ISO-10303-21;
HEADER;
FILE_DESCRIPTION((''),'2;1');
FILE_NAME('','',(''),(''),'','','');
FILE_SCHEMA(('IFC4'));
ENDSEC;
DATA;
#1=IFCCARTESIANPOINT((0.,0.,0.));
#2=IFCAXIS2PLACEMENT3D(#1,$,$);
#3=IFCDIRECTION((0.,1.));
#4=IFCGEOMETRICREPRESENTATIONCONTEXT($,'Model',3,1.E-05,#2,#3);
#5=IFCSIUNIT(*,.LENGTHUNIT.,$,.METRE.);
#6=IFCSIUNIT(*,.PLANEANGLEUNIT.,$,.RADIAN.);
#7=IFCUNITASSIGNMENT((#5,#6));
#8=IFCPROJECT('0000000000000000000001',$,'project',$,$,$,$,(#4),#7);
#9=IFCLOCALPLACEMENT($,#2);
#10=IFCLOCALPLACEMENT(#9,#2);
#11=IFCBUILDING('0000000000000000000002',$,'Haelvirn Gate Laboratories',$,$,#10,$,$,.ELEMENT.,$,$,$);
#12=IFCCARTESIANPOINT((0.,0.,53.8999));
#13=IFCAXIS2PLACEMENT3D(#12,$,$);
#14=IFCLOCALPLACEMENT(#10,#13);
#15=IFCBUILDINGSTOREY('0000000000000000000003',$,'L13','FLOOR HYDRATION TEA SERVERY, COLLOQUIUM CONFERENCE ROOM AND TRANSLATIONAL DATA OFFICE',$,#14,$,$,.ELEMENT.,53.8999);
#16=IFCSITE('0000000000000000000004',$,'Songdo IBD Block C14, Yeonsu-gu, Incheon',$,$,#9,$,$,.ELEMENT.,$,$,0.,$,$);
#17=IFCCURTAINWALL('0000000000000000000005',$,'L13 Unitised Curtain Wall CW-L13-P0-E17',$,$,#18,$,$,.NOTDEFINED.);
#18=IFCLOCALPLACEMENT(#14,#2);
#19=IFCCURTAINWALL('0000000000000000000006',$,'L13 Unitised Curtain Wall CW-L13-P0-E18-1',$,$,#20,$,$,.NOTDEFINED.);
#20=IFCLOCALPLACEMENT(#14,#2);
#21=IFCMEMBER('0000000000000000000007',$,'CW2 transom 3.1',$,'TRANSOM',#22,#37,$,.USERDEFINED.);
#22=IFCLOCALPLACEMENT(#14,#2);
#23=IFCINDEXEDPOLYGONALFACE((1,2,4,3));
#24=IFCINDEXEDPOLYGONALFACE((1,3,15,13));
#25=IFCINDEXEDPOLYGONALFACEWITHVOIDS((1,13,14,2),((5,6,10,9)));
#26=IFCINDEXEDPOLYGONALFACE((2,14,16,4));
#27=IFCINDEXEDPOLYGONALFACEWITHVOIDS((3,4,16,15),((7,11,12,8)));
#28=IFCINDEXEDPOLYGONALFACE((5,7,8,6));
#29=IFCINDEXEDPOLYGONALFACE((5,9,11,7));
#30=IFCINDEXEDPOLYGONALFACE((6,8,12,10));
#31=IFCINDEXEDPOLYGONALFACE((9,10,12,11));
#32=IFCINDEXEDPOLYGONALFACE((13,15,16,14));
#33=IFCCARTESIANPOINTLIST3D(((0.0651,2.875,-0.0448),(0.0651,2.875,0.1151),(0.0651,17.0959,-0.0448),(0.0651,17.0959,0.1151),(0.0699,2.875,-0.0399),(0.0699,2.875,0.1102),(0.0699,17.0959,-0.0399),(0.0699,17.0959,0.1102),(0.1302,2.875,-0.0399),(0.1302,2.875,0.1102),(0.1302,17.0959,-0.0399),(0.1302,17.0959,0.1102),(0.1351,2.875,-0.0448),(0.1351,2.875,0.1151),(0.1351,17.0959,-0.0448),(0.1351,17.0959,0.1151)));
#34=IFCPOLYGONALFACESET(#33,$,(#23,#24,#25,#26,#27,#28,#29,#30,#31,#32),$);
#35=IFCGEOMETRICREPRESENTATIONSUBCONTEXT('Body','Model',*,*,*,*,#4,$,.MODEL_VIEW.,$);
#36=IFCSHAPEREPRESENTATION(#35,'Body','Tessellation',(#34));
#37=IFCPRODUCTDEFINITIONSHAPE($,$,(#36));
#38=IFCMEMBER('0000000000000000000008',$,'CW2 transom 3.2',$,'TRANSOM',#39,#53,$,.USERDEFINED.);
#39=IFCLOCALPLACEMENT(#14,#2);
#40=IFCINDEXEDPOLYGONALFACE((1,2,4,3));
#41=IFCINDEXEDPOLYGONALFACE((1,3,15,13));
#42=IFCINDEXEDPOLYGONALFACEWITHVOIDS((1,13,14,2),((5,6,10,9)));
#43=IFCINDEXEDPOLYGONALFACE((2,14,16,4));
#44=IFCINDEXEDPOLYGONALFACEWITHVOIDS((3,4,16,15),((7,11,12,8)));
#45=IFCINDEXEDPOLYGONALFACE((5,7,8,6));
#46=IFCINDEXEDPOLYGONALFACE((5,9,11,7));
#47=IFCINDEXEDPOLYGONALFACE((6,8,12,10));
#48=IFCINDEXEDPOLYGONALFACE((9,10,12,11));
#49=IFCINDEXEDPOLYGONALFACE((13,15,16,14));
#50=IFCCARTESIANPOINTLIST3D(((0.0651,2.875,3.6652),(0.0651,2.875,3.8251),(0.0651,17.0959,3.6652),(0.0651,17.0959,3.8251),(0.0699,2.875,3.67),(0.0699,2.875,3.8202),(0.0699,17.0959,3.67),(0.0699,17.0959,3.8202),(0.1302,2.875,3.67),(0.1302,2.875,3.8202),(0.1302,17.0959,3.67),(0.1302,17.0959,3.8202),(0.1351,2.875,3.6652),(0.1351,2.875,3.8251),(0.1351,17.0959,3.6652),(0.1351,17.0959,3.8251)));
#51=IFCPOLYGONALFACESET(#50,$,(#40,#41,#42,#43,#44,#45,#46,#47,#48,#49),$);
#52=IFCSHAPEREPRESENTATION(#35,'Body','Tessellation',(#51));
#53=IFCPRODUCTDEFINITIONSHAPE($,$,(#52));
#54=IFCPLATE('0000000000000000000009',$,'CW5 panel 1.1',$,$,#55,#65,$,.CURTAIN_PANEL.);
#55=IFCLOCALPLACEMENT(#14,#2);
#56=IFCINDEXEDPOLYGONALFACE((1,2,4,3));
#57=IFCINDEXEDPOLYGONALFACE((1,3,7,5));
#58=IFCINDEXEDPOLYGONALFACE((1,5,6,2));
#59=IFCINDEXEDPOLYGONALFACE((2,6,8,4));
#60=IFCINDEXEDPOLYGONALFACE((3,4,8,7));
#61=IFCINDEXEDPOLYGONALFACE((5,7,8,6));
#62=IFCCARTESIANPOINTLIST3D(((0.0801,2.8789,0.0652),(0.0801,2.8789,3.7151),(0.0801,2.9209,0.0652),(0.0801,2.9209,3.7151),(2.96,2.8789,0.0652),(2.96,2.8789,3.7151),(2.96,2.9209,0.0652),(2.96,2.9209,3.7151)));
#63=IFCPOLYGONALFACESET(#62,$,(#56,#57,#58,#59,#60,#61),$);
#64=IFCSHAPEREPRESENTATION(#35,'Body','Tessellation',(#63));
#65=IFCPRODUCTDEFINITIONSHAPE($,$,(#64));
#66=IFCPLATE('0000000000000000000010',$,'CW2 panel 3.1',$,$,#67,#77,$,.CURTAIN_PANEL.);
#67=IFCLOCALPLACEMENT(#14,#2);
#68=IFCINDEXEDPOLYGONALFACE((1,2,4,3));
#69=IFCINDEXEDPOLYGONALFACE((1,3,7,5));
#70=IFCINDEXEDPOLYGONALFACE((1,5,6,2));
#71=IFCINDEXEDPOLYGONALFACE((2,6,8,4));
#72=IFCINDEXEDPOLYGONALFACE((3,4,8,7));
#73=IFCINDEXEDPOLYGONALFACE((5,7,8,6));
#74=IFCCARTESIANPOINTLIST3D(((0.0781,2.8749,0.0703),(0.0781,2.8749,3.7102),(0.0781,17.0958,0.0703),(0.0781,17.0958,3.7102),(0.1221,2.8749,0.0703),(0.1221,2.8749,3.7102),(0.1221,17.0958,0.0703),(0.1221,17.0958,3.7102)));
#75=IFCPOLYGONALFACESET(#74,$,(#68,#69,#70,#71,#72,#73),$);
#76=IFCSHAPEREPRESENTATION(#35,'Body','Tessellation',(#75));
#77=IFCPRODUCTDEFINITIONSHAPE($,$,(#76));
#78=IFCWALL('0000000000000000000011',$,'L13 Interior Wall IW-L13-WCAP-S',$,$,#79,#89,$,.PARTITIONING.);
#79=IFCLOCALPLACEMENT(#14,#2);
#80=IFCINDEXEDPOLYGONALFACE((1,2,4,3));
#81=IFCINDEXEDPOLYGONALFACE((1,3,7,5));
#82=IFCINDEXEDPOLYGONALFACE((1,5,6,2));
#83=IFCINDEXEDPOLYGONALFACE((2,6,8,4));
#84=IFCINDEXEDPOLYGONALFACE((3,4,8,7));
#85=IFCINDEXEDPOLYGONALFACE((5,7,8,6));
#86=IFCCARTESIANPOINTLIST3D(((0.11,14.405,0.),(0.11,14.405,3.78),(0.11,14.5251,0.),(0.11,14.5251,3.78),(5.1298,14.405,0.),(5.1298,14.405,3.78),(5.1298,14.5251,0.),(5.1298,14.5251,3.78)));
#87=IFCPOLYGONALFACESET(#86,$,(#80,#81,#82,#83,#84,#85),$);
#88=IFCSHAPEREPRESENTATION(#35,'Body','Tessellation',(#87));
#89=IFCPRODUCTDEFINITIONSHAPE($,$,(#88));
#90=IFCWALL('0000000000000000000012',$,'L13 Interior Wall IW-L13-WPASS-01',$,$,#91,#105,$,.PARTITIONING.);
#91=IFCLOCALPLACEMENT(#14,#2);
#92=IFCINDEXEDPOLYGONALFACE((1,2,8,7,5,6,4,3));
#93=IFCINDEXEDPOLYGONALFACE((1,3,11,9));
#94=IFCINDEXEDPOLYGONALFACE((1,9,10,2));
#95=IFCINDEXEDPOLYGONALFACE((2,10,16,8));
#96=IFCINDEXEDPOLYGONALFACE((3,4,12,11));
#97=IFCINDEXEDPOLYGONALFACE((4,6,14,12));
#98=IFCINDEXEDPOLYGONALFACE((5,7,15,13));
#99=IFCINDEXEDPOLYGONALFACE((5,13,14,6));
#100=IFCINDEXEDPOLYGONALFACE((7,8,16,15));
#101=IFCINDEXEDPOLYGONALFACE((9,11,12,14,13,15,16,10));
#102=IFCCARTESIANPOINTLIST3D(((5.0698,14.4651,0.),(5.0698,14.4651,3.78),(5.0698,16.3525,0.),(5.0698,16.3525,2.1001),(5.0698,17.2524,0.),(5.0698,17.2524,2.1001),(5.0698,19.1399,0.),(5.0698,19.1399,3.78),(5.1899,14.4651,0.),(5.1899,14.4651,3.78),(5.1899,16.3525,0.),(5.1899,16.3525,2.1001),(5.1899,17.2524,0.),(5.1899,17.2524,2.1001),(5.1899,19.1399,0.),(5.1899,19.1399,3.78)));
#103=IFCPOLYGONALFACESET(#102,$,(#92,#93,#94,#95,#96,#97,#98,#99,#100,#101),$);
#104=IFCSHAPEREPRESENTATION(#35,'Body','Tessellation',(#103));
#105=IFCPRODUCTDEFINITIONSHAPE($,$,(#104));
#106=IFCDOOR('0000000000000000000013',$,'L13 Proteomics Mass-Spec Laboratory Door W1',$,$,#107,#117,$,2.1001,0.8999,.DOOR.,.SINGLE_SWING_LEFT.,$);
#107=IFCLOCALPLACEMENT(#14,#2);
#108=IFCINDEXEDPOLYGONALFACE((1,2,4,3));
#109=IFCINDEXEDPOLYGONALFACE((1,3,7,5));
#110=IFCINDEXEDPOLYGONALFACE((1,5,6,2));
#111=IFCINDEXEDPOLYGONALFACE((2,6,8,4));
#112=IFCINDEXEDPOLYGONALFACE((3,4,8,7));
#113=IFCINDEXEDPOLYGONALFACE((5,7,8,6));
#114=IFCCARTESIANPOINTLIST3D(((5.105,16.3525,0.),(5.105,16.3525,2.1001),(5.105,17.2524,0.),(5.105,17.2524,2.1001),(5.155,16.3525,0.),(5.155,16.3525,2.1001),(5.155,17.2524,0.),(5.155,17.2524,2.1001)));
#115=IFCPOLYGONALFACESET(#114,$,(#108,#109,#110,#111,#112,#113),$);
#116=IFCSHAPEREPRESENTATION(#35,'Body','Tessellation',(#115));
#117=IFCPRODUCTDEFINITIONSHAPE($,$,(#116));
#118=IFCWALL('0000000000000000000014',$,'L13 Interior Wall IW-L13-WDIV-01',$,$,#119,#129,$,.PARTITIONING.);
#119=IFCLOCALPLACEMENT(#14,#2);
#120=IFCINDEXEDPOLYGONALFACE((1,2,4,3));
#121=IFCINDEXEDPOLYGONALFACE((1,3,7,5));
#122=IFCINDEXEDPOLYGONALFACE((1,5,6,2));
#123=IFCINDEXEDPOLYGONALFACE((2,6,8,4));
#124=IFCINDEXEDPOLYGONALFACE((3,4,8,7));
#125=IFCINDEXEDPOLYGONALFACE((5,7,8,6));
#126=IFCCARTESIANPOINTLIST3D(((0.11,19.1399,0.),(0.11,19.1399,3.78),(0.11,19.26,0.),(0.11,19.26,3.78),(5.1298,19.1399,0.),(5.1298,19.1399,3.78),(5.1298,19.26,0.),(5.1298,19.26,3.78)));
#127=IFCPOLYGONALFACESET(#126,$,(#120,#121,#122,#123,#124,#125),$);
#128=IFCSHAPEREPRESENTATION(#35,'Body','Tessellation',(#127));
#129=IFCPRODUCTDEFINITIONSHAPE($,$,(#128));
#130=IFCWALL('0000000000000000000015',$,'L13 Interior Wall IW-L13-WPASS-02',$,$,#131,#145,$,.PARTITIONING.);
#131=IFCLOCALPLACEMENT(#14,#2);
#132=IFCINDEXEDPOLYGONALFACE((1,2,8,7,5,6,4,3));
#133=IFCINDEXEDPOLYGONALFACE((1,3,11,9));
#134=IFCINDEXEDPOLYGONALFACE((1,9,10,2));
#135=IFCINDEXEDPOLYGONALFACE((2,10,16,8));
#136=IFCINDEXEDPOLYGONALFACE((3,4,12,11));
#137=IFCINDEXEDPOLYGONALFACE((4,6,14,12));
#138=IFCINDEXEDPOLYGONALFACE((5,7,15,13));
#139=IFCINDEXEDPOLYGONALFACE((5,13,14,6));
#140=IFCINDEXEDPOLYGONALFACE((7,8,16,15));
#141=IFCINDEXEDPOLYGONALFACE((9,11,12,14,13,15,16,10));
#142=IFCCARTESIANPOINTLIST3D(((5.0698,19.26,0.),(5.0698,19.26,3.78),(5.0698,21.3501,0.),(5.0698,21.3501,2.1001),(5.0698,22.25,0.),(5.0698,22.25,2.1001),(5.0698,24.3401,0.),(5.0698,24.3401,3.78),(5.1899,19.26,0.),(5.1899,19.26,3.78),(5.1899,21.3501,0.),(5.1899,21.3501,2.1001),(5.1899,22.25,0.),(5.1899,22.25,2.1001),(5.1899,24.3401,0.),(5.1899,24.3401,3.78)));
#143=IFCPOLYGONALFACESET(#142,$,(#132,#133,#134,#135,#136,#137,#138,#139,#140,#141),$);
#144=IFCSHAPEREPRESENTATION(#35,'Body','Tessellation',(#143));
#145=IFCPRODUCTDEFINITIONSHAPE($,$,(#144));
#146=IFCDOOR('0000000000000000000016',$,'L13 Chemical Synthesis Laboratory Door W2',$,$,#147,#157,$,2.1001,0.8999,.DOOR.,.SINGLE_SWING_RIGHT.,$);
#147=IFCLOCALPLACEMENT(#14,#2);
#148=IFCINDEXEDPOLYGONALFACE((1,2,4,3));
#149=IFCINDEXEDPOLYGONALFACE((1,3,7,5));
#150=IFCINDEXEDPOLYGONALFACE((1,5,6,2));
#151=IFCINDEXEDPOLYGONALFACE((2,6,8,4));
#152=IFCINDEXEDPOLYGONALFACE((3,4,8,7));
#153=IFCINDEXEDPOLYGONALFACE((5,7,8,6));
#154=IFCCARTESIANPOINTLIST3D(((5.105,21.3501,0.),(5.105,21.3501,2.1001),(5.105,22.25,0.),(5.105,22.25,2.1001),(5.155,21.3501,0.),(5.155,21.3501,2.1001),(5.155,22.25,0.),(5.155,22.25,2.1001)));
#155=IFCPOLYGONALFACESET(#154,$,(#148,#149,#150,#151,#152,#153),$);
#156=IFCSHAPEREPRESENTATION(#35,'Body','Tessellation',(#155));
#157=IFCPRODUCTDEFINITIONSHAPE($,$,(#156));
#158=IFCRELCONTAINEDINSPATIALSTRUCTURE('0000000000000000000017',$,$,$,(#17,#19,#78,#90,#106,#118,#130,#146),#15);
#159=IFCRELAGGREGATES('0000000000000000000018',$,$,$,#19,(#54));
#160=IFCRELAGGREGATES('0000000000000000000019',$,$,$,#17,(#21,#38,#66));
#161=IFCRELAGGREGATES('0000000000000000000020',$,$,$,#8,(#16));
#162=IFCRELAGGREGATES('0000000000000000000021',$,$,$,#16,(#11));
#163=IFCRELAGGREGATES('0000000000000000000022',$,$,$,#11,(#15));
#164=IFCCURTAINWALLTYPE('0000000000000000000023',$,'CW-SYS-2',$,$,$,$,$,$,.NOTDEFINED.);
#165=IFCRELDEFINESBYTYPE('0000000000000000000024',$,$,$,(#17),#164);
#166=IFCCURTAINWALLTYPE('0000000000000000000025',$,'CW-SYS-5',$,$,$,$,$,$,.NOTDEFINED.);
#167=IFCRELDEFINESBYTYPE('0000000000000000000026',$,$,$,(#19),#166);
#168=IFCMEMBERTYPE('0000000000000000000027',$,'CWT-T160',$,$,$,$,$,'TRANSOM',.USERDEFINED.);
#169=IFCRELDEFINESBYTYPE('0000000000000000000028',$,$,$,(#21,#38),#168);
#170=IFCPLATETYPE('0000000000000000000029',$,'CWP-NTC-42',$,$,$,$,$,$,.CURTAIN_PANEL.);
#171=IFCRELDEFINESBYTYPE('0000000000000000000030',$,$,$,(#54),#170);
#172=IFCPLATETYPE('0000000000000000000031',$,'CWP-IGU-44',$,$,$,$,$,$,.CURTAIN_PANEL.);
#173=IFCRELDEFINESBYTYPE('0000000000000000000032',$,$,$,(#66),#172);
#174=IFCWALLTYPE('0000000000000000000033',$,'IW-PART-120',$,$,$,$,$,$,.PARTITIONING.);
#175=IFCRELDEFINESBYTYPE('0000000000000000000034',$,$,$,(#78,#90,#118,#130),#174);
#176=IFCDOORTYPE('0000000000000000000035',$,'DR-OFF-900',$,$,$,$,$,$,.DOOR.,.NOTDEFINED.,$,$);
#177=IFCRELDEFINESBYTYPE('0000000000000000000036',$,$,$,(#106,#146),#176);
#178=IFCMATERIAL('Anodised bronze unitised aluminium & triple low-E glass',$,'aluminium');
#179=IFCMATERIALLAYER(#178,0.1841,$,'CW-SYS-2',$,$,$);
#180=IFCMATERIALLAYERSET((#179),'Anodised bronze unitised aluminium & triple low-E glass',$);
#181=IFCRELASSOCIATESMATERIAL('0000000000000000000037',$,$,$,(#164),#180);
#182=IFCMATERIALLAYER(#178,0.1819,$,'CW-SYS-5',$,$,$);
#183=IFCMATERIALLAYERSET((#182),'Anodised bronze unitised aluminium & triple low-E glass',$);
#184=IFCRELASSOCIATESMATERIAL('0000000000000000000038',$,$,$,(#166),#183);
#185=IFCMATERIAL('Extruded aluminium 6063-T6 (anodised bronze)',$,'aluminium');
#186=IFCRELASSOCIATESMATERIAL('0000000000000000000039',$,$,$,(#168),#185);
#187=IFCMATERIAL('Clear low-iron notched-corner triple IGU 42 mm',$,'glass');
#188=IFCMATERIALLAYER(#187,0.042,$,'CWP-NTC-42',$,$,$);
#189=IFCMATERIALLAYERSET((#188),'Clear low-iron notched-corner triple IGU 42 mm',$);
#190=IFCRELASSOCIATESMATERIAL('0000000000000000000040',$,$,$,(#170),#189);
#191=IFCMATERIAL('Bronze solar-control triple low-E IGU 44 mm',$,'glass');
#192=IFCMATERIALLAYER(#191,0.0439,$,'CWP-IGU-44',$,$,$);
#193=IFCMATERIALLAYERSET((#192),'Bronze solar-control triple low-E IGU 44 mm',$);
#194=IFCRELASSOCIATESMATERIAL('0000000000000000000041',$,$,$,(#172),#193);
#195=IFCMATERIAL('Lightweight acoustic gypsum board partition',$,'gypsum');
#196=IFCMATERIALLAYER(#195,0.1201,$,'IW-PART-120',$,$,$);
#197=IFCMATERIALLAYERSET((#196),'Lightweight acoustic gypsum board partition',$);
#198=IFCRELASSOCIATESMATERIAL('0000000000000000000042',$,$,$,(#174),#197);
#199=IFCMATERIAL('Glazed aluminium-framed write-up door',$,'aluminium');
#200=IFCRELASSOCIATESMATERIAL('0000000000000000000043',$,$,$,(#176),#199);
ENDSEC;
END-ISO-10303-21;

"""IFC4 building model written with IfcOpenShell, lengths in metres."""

from ifc_helpers import new_model, si_unit, direction, frame, frame_2d, origin, origin_2d, place, context, subcontext, project, spatial, rectangle, hollow_rectangle, extrude, source, transform, mapped, material, layer, layer_set, material_profile, profile_set, type_object, type_shapes, element, fill, aggregate, save


model = new_model("IFC4")

# Units and contexts
model_context = context("Model", 3, precision=1e-05, world=origin(), true_north=direction((0.0, 1.0)))
body_context = subcontext(model_context, "Body", "Model", "MODEL_VIEW")
ifc_project = project(units=[si_unit("LENGTHUNIT", "METRE"), si_unit("PLANEANGLEUNIT", "RADIAN")], contexts=[model_context])

# Site, building, storey
site_placement = place(None, origin())
site = spatial("IfcSite", under=ifc_project, at=site_placement, Name="Songdo IBD Block C14, Yeonsu-gu, Incheon", CompositionType="ELEMENT", RefElevation=0.0)
building_placement = place(site_placement, origin())
building = spatial("IfcBuilding", under=site, at=building_placement, Name="Haelvirn Gate Laboratories", CompositionType="ELEMENT")
storey_placement = place(building_placement, frame((0.0, 0.0, 53.8999)))
storey = spatial("IfcBuildingStorey", under=building, at=storey_placement, Name="L13", Description="FLOOR HYDRATION TEA SERVERY, COLLOQUIUM CONFERENCE ROOM AND TRANSLATIONAL DATA OFFICE", CompositionType="ELEMENT", Elevation=53.8999)

# Curtain wall
ifc_material_1 = material(Name="Anodised bronze unitised aluminium & triple low-E glass", Category="aluminium")
ifc_layer_1 = layer(ifc_material_1, 0.1841, Name="CW-SYS-2")
ifc_layer_set_1 = layer_set([ifc_layer_1], Name="Anodised bronze unitised aluminium & triple low-E glass")
curtain_wall_type_1 = type_object("IfcCurtainWallType", Name="CW-SYS-2", PredefinedType="NOTDEFINED", material=ifc_layer_set_1)
curtain_wall_1_placement = place(storey_placement, origin())
curtain_wall_1 = element("IfcCurtainWall", 1, at=curtain_wall_1_placement, inside=storey, type_object=curtain_wall_type_1, Name="L13 Unitised Curtain Wall CW-L13-P0-E17", PredefinedType="NOTDEFINED")
ifc_material_2 = material(Name="Extruded aluminium 6063-T6 (anodised bronze)", Category="aluminium")

# Curtain wall
ifc_layer_2 = layer(ifc_material_1, 0.1819, Name="CW-SYS-5")
ifc_layer_set_2 = layer_set([ifc_layer_2], Name="Anodised bronze unitised aluminium & triple low-E glass")
curtain_wall_type_2 = type_object("IfcCurtainWallType", Name="CW-SYS-5", PredefinedType="NOTDEFINED", material=ifc_layer_set_2)
curtain_wall_2_placement = place(storey_placement, origin())
curtain_wall_2 = element("IfcCurtainWall", 2, at=curtain_wall_2_placement, inside=storey, type_object=curtain_wall_type_2, Name="L13 Unitised Curtain Wall CW-L13-P0-E18-1", PredefinedType="NOTDEFINED")

# Members
ifc_material_profile_1 = material_profile(ifc_material_2, hollow_rectangle(XDim=0.0701, YDim=0.1599, WallThickness=0.0049, at=origin_2d()), Name="CWT-160x70x5")
ifc_profile_set_1 = profile_set([ifc_material_profile_1], Name="Extruded aluminium 6063-T6 (anodised bronze)")
member_type_1 = type_object("IfcMemberType", Name="CWT-T160", ElementType="TRANSOM", PredefinedType="USERDEFINED", material=ifc_profile_set_1)
shared_shape_1 = source(origin(), body_context, "Body", "SweptSolid", [
    extrude(hollow_rectangle(XDim=0.0701, YDim=0.1599, WallThickness=0.0049, at=origin_2d()), origin(), (0.0, 0.0, 1.0), 14.2209),
])
type_shapes(member_type_1, [shared_shape_1])
member_1_placement = place(storey_placement, frame((0.1001, 17.0959, 0.0352), z_axis=(0.0, -1.0, 0.0), x_axis=(1.0, 0.0, 0.0)))
member_1 = element("IfcMember", 3, at=member_1_placement, type_object=member_type_1, Name="CW2 transom 3.1", ObjectType="TRANSOM", PredefinedType="USERDEFINED", context=body_context, shape_type="MappedRepresentation", body=[
    mapped(shared_shape_1, transform((0.0, 0.0, 0.0), scale=1.0)),
])
member_2_placement = place(storey_placement, frame((0.1001, 17.0959, 3.7451), z_axis=(0.0, -1.0, 0.0), x_axis=(1.0, 0.0, 0.0)))
member_2 = element("IfcMember", 4, at=member_2_placement, type_object=member_type_1, Name="CW2 transom 3.2", ObjectType="TRANSOM", PredefinedType="USERDEFINED", context=body_context, shape_type="MappedRepresentation", body=[
    mapped(shared_shape_1, transform((0.0, 0.0, 0.0), scale=1.0)),
])

# Plates
ifc_material_3 = material(Name="Clear low-iron notched-corner triple IGU 42 mm", Category="glass")
ifc_layer_3 = layer(ifc_material_3, 0.042, Name="CWP-NTC-42")
ifc_layer_set_3 = layer_set([ifc_layer_3], Name="Clear low-iron notched-corner triple IGU 42 mm")
plate_type_1 = type_object("IfcPlateType", Name="CWP-NTC-42", PredefinedType="CURTAIN_PANEL", material=ifc_layer_set_3)
shared_shape_2 = source(origin(), body_context, "Body", "SweptSolid", [
    extrude(rectangle(XDim=2.8799, YDim=0.042, at=origin_2d()), origin(), (0.0, 0.0, 1.0), 3.6499),
])
type_shapes(plate_type_1, [shared_shape_2])
plate_1_placement = place(storey_placement, frame((1.52, 2.8999, 0.0652), z_axis=(0.0, 0.0, 1.0), x_axis=(1.0, 0.0, 0.0)))
plate_1 = element("IfcPlate", 5, at=plate_1_placement, type_object=plate_type_1, Name="CW5 panel 1.1", PredefinedType="CURTAIN_PANEL", context=body_context, shape_type="MappedRepresentation", body=[
    mapped(shared_shape_2, transform((0.0, 0.0, 0.0), scale=1.0)),
])
aggregate(curtain_wall_2, [plate_1])
ifc_material_4 = material(Name="Bronze solar-control triple low-E IGU 44 mm", Category="glass")
ifc_layer_4 = layer(ifc_material_4, 0.0439, Name="CWP-IGU-44")
ifc_layer_set_4 = layer_set([ifc_layer_4], Name="Bronze solar-control triple low-E IGU 44 mm")
plate_type_2 = type_object("IfcPlateType", Name="CWP-IGU-44", PredefinedType="CURTAIN_PANEL", material=ifc_layer_set_4)
shared_shape_3 = source(origin(), body_context, "Body", "SweptSolid", [
    extrude(rectangle(XDim=14.2209, YDim=0.0439, at=origin_2d()), origin(), (0.0, 0.0, 1.0), 3.6399),
])
type_shapes(plate_type_2, [shared_shape_3])
plate_2_placement = place(storey_placement, frame((0.1001, 9.9854, 0.0703), z_axis=(0.0, 0.0, 1.0), x_axis=(0.0, -1.0, 0.0)))
plate_2 = element("IfcPlate", 6, at=plate_2_placement, type_object=plate_type_2, Name="CW2 panel 3.1", PredefinedType="CURTAIN_PANEL", context=body_context, shape_type="MappedRepresentation", body=[
    mapped(shared_shape_3, transform((0.0, 0.0, 0.0), scale=1.0)),
])
aggregate(curtain_wall_1, [member_1, member_2, plate_2])

# Wall
ifc_material_5 = material(Name="Lightweight acoustic gypsum board partition", Category="gypsum")
ifc_layer_5 = layer(ifc_material_5, 0.1201, Name="IW-PART-120")
ifc_layer_set_5 = layer_set([ifc_layer_5], Name="Lightweight acoustic gypsum board partition")
wall_type_1 = type_object("IfcWallType", Name="IW-PART-120", PredefinedType="PARTITIONING", material=ifc_layer_set_5)
wall_1_placement = place(storey_placement, frame((0.1101, 14.4651, 0.0), z_axis=(0.0, 0.0, 1.0), x_axis=(1.0, 0.0, 0.0)))
element("IfcWall", 7, at=wall_1_placement, inside=storey, type_object=wall_type_1, Name="L13 Interior Wall IW-L13-WCAP-S", PredefinedType="PARTITIONING", context=body_context, shape_type="SweptSolid", body=[
    extrude(rectangle(XDim=5.0198, YDim=0.1201, at=frame_2d((2.5098, 0.0))), origin(), (0.0, 0.0, 1.0), 3.78),
])

# Wall, opening, door
wall_2_placement = place(storey_placement, frame((5.1299, 14.4651, 0.0), z_axis=(0.0, 0.0, 1.0), x_axis=(0.0, 1.0, 0.0)))
wall_2 = element("IfcWall", 8, at=wall_2_placement, inside=storey, type_object=wall_type_1, Name="L13 Interior Wall IW-L13-WPASS-01", PredefinedType="PARTITIONING", context=body_context, shape_type="SweptSolid", body=[
    extrude(rectangle(XDim=4.6748, YDim=0.1201, at=frame_2d((2.3374, 0.0))), origin(), (0.0, 0.0, 1.0), 3.78),
])
opening_1_placement = place(wall_2_placement, frame((1.8875, 0.0, 0.0)))
opening_1 = element("IfcOpeningElement", 9, at=opening_1_placement, cuts=wall_2, PredefinedType="OPENING", context=body_context, shape_type="SweptSolid", body=[
    extrude(rectangle(XDim=0.8999, YDim=2.1001, at=frame_2d((0.45, 1.05))), frame((0.0, 0.0701, 0.0), z_axis=(0.0, -1.0, 0.0), x_axis=(1.0, 0.0, 0.0)), (0.0, 0.0, 1.0), 0.1401),
])
ifc_material_6 = material(Name="Glazed aluminium-framed write-up door", Category="aluminium")
door_type_1 = type_object("IfcDoorType", Name="DR-OFF-900", OperationType="NOTDEFINED", PredefinedType="DOOR", material=ifc_material_6)
shared_shape_4 = source(origin(), body_context, "Body", "SweptSolid", [
    extrude(rectangle(XDim=0.8999, YDim=2.1001, at=frame_2d((0.45, 1.05))), frame((0.0, 0.0249, 0.0), z_axis=(0.0, -1.0, 0.0), x_axis=(1.0, 0.0, 0.0)), (0.0, 0.0, 1.0), 0.05),
])
type_shapes(door_type_1, [shared_shape_4])
door_1_placement = place(opening_1_placement, origin())
door_1 = element("IfcDoor", 10, at=door_1_placement, inside=storey, type_object=door_type_1, Name="L13 Proteomics Mass-Spec Laboratory Door W1", OperationType="SINGLE_SWING_LEFT", OverallHeight=2.1001, OverallWidth=0.8999, PredefinedType="DOOR", context=body_context, shape_type="MappedRepresentation", body=[
    mapped(shared_shape_4, transform((0.0, 0.0, 0.0), scale=1.0)),
])
fill(opening_1, door_1)

# Wall
wall_3_placement = place(storey_placement, frame((0.1101, 19.2, 0.0), z_axis=(0.0, 0.0, 1.0), x_axis=(1.0, 0.0, 0.0)))
element("IfcWall", 11, at=wall_3_placement, inside=storey, type_object=wall_type_1, Name="L13 Interior Wall IW-L13-WDIV-01", PredefinedType="PARTITIONING", context=body_context, shape_type="SweptSolid", body=[
    extrude(rectangle(XDim=5.0198, YDim=0.1201, at=frame_2d((2.5098, 0.0))), origin(), (0.0, 0.0, 1.0), 3.78),
])

# Wall, opening, door
wall_4_placement = place(storey_placement, frame((5.1299, 19.26, 0.0), z_axis=(0.0, 0.0, 1.0), x_axis=(0.0, 1.0, 0.0)))
wall_4 = element("IfcWall", 12, at=wall_4_placement, inside=storey, type_object=wall_type_1, Name="L13 Interior Wall IW-L13-WPASS-02", PredefinedType="PARTITIONING", context=body_context, shape_type="SweptSolid", body=[
    extrude(rectangle(XDim=5.0801, YDim=0.1201, at=frame_2d((2.54, 0.0))), origin(), (0.0, 0.0, 1.0), 3.78),
])
opening_2_placement = place(wall_4_placement, frame((2.0901, 0.0, 0.0)))
opening_2 = element("IfcOpeningElement", 13, at=opening_2_placement, cuts=wall_4, PredefinedType="OPENING", context=body_context, shape_type="SweptSolid", body=[
    extrude(rectangle(XDim=0.8999, YDim=2.1001, at=frame_2d((0.45, 1.05))), frame((0.0, 0.0701, 0.0), z_axis=(0.0, -1.0, 0.0), x_axis=(1.0, 0.0, 0.0)), (0.0, 0.0, 1.0), 0.1401),
])
door_2_placement = place(opening_2_placement, origin())
door_2 = element("IfcDoor", 14, at=door_2_placement, inside=storey, type_object=door_type_1, Name="L13 Chemical Synthesis Laboratory Door W2", OperationType="SINGLE_SWING_RIGHT", OverallHeight=2.1001, OverallWidth=0.8999, PredefinedType="DOOR", context=body_context, shape_type="MappedRepresentation", body=[
    mapped(shared_shape_4, transform((0.0, 0.0, 0.0), scale=1.0)),
])
fill(opening_2, door_2)

save(model, "model.ifc")
